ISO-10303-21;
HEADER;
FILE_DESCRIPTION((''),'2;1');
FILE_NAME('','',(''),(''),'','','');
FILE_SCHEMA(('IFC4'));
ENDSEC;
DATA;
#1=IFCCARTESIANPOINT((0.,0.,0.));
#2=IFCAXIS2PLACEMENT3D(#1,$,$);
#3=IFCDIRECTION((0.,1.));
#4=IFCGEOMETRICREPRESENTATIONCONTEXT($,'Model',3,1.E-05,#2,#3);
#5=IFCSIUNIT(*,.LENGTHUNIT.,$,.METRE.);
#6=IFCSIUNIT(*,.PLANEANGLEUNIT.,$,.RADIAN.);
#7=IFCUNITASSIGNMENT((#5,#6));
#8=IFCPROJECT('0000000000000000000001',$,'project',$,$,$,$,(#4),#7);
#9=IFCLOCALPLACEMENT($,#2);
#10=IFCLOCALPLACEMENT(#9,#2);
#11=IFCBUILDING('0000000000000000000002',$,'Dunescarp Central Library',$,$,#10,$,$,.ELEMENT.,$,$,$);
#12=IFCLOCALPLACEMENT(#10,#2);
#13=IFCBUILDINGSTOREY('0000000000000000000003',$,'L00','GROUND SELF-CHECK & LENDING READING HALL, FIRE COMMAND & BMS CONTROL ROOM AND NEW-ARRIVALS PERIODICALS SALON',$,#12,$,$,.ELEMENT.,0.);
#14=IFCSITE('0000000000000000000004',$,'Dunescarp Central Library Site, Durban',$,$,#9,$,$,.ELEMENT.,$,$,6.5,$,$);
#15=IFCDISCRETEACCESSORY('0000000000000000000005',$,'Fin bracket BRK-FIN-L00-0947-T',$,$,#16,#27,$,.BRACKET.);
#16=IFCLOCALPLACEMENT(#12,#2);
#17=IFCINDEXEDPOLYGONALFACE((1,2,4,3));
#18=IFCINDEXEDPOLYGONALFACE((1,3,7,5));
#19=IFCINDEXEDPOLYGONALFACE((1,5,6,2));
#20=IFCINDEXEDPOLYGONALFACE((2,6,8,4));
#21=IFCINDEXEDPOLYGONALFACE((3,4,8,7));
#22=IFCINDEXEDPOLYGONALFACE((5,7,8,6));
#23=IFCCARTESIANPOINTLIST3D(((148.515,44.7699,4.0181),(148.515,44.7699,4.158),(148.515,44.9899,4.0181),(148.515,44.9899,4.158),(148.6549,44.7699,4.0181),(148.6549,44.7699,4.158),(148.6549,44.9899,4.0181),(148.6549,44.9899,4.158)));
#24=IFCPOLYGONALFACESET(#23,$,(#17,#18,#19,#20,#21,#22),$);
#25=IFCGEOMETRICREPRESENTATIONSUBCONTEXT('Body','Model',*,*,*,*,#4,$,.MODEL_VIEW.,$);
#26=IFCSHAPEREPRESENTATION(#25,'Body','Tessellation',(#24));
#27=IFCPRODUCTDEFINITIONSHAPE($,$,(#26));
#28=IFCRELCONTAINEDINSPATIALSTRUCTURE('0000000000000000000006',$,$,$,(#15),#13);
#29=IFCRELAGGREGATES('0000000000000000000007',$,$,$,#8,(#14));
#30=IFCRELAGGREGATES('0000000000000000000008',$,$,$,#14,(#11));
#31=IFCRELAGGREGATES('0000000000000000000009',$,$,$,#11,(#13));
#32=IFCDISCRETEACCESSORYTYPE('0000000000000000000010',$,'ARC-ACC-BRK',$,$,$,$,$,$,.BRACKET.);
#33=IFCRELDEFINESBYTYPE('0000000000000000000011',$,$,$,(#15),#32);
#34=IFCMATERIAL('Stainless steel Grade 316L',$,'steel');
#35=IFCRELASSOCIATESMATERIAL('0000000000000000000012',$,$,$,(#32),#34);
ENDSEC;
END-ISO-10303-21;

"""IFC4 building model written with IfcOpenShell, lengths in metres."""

from ifc_helpers import new_model, si_unit, direction, frame, origin, origin_2d, place, context, subcontext, project, spatial, rectangle, extrude, material, type_object, element, save


model = new_model("IFC4")

# Units and contexts
model_context = context("Model", 3, precision=1e-05, world=origin(), true_north=direction((0.0, 1.0)))
body_context = subcontext(model_context, "Body", "Model", "MODEL_VIEW")
ifc_project = project(units=[si_unit("LENGTHUNIT", "METRE"), si_unit("PLANEANGLEUNIT", "RADIAN")], contexts=[model_context])

# Site, building, storey
site_placement = place(None, origin())
site = spatial("IfcSite", under=ifc_project, at=site_placement, Name="Dunescarp Central Library Site, Durban", CompositionType="ELEMENT", RefElevation=6.5)
building_placement = place(site_placement, origin())
building = spatial("IfcBuilding", under=site, at=building_placement, Name="Dunescarp Central Library", CompositionType="ELEMENT")
storey_placement = place(building_placement, origin())
storey = spatial("IfcBuildingStorey", under=building, at=storey_placement, Name="L00", Description="GROUND SELF-CHECK & LENDING READING HALL, FIRE COMMAND & BMS CONTROL ROOM AND NEW-ARRIVALS PERIODICALS SALON", CompositionType="ELEMENT", Elevation=0.0)

# Discrete accessory
ifc_material_1 = material(Name="Stainless steel Grade 316L", Category="steel")
discrete_accessory_type = type_object("IfcDiscreteAccessoryType", Name="ARC-ACC-BRK", PredefinedType="BRACKET", material=ifc_material_1)
for number, where, z_axis, x_axis, name in (
    (1, (148.585, 44.8799, 4.0181), (0.0, 0.0, 1.0), (0.0, 1.0, 0.0), "Fin bracket BRK-FIN-L00-0947-T"),
):
    element("IfcDiscreteAccessory", number, at=place(storey_placement, frame(where, z_axis=z_axis, x_axis=x_axis)), inside=storey, type_object=discrete_accessory_type, Name=name, PredefinedType="BRACKET", context=body_context, shape_type="SweptSolid", body=[
        extrude(rectangle(XDim=0.22, YDim=0.1399, at=origin_2d()), origin(), (0.0, 0.0, 1.0), 0.1399),
    ])

save(model, "model.ifc")
